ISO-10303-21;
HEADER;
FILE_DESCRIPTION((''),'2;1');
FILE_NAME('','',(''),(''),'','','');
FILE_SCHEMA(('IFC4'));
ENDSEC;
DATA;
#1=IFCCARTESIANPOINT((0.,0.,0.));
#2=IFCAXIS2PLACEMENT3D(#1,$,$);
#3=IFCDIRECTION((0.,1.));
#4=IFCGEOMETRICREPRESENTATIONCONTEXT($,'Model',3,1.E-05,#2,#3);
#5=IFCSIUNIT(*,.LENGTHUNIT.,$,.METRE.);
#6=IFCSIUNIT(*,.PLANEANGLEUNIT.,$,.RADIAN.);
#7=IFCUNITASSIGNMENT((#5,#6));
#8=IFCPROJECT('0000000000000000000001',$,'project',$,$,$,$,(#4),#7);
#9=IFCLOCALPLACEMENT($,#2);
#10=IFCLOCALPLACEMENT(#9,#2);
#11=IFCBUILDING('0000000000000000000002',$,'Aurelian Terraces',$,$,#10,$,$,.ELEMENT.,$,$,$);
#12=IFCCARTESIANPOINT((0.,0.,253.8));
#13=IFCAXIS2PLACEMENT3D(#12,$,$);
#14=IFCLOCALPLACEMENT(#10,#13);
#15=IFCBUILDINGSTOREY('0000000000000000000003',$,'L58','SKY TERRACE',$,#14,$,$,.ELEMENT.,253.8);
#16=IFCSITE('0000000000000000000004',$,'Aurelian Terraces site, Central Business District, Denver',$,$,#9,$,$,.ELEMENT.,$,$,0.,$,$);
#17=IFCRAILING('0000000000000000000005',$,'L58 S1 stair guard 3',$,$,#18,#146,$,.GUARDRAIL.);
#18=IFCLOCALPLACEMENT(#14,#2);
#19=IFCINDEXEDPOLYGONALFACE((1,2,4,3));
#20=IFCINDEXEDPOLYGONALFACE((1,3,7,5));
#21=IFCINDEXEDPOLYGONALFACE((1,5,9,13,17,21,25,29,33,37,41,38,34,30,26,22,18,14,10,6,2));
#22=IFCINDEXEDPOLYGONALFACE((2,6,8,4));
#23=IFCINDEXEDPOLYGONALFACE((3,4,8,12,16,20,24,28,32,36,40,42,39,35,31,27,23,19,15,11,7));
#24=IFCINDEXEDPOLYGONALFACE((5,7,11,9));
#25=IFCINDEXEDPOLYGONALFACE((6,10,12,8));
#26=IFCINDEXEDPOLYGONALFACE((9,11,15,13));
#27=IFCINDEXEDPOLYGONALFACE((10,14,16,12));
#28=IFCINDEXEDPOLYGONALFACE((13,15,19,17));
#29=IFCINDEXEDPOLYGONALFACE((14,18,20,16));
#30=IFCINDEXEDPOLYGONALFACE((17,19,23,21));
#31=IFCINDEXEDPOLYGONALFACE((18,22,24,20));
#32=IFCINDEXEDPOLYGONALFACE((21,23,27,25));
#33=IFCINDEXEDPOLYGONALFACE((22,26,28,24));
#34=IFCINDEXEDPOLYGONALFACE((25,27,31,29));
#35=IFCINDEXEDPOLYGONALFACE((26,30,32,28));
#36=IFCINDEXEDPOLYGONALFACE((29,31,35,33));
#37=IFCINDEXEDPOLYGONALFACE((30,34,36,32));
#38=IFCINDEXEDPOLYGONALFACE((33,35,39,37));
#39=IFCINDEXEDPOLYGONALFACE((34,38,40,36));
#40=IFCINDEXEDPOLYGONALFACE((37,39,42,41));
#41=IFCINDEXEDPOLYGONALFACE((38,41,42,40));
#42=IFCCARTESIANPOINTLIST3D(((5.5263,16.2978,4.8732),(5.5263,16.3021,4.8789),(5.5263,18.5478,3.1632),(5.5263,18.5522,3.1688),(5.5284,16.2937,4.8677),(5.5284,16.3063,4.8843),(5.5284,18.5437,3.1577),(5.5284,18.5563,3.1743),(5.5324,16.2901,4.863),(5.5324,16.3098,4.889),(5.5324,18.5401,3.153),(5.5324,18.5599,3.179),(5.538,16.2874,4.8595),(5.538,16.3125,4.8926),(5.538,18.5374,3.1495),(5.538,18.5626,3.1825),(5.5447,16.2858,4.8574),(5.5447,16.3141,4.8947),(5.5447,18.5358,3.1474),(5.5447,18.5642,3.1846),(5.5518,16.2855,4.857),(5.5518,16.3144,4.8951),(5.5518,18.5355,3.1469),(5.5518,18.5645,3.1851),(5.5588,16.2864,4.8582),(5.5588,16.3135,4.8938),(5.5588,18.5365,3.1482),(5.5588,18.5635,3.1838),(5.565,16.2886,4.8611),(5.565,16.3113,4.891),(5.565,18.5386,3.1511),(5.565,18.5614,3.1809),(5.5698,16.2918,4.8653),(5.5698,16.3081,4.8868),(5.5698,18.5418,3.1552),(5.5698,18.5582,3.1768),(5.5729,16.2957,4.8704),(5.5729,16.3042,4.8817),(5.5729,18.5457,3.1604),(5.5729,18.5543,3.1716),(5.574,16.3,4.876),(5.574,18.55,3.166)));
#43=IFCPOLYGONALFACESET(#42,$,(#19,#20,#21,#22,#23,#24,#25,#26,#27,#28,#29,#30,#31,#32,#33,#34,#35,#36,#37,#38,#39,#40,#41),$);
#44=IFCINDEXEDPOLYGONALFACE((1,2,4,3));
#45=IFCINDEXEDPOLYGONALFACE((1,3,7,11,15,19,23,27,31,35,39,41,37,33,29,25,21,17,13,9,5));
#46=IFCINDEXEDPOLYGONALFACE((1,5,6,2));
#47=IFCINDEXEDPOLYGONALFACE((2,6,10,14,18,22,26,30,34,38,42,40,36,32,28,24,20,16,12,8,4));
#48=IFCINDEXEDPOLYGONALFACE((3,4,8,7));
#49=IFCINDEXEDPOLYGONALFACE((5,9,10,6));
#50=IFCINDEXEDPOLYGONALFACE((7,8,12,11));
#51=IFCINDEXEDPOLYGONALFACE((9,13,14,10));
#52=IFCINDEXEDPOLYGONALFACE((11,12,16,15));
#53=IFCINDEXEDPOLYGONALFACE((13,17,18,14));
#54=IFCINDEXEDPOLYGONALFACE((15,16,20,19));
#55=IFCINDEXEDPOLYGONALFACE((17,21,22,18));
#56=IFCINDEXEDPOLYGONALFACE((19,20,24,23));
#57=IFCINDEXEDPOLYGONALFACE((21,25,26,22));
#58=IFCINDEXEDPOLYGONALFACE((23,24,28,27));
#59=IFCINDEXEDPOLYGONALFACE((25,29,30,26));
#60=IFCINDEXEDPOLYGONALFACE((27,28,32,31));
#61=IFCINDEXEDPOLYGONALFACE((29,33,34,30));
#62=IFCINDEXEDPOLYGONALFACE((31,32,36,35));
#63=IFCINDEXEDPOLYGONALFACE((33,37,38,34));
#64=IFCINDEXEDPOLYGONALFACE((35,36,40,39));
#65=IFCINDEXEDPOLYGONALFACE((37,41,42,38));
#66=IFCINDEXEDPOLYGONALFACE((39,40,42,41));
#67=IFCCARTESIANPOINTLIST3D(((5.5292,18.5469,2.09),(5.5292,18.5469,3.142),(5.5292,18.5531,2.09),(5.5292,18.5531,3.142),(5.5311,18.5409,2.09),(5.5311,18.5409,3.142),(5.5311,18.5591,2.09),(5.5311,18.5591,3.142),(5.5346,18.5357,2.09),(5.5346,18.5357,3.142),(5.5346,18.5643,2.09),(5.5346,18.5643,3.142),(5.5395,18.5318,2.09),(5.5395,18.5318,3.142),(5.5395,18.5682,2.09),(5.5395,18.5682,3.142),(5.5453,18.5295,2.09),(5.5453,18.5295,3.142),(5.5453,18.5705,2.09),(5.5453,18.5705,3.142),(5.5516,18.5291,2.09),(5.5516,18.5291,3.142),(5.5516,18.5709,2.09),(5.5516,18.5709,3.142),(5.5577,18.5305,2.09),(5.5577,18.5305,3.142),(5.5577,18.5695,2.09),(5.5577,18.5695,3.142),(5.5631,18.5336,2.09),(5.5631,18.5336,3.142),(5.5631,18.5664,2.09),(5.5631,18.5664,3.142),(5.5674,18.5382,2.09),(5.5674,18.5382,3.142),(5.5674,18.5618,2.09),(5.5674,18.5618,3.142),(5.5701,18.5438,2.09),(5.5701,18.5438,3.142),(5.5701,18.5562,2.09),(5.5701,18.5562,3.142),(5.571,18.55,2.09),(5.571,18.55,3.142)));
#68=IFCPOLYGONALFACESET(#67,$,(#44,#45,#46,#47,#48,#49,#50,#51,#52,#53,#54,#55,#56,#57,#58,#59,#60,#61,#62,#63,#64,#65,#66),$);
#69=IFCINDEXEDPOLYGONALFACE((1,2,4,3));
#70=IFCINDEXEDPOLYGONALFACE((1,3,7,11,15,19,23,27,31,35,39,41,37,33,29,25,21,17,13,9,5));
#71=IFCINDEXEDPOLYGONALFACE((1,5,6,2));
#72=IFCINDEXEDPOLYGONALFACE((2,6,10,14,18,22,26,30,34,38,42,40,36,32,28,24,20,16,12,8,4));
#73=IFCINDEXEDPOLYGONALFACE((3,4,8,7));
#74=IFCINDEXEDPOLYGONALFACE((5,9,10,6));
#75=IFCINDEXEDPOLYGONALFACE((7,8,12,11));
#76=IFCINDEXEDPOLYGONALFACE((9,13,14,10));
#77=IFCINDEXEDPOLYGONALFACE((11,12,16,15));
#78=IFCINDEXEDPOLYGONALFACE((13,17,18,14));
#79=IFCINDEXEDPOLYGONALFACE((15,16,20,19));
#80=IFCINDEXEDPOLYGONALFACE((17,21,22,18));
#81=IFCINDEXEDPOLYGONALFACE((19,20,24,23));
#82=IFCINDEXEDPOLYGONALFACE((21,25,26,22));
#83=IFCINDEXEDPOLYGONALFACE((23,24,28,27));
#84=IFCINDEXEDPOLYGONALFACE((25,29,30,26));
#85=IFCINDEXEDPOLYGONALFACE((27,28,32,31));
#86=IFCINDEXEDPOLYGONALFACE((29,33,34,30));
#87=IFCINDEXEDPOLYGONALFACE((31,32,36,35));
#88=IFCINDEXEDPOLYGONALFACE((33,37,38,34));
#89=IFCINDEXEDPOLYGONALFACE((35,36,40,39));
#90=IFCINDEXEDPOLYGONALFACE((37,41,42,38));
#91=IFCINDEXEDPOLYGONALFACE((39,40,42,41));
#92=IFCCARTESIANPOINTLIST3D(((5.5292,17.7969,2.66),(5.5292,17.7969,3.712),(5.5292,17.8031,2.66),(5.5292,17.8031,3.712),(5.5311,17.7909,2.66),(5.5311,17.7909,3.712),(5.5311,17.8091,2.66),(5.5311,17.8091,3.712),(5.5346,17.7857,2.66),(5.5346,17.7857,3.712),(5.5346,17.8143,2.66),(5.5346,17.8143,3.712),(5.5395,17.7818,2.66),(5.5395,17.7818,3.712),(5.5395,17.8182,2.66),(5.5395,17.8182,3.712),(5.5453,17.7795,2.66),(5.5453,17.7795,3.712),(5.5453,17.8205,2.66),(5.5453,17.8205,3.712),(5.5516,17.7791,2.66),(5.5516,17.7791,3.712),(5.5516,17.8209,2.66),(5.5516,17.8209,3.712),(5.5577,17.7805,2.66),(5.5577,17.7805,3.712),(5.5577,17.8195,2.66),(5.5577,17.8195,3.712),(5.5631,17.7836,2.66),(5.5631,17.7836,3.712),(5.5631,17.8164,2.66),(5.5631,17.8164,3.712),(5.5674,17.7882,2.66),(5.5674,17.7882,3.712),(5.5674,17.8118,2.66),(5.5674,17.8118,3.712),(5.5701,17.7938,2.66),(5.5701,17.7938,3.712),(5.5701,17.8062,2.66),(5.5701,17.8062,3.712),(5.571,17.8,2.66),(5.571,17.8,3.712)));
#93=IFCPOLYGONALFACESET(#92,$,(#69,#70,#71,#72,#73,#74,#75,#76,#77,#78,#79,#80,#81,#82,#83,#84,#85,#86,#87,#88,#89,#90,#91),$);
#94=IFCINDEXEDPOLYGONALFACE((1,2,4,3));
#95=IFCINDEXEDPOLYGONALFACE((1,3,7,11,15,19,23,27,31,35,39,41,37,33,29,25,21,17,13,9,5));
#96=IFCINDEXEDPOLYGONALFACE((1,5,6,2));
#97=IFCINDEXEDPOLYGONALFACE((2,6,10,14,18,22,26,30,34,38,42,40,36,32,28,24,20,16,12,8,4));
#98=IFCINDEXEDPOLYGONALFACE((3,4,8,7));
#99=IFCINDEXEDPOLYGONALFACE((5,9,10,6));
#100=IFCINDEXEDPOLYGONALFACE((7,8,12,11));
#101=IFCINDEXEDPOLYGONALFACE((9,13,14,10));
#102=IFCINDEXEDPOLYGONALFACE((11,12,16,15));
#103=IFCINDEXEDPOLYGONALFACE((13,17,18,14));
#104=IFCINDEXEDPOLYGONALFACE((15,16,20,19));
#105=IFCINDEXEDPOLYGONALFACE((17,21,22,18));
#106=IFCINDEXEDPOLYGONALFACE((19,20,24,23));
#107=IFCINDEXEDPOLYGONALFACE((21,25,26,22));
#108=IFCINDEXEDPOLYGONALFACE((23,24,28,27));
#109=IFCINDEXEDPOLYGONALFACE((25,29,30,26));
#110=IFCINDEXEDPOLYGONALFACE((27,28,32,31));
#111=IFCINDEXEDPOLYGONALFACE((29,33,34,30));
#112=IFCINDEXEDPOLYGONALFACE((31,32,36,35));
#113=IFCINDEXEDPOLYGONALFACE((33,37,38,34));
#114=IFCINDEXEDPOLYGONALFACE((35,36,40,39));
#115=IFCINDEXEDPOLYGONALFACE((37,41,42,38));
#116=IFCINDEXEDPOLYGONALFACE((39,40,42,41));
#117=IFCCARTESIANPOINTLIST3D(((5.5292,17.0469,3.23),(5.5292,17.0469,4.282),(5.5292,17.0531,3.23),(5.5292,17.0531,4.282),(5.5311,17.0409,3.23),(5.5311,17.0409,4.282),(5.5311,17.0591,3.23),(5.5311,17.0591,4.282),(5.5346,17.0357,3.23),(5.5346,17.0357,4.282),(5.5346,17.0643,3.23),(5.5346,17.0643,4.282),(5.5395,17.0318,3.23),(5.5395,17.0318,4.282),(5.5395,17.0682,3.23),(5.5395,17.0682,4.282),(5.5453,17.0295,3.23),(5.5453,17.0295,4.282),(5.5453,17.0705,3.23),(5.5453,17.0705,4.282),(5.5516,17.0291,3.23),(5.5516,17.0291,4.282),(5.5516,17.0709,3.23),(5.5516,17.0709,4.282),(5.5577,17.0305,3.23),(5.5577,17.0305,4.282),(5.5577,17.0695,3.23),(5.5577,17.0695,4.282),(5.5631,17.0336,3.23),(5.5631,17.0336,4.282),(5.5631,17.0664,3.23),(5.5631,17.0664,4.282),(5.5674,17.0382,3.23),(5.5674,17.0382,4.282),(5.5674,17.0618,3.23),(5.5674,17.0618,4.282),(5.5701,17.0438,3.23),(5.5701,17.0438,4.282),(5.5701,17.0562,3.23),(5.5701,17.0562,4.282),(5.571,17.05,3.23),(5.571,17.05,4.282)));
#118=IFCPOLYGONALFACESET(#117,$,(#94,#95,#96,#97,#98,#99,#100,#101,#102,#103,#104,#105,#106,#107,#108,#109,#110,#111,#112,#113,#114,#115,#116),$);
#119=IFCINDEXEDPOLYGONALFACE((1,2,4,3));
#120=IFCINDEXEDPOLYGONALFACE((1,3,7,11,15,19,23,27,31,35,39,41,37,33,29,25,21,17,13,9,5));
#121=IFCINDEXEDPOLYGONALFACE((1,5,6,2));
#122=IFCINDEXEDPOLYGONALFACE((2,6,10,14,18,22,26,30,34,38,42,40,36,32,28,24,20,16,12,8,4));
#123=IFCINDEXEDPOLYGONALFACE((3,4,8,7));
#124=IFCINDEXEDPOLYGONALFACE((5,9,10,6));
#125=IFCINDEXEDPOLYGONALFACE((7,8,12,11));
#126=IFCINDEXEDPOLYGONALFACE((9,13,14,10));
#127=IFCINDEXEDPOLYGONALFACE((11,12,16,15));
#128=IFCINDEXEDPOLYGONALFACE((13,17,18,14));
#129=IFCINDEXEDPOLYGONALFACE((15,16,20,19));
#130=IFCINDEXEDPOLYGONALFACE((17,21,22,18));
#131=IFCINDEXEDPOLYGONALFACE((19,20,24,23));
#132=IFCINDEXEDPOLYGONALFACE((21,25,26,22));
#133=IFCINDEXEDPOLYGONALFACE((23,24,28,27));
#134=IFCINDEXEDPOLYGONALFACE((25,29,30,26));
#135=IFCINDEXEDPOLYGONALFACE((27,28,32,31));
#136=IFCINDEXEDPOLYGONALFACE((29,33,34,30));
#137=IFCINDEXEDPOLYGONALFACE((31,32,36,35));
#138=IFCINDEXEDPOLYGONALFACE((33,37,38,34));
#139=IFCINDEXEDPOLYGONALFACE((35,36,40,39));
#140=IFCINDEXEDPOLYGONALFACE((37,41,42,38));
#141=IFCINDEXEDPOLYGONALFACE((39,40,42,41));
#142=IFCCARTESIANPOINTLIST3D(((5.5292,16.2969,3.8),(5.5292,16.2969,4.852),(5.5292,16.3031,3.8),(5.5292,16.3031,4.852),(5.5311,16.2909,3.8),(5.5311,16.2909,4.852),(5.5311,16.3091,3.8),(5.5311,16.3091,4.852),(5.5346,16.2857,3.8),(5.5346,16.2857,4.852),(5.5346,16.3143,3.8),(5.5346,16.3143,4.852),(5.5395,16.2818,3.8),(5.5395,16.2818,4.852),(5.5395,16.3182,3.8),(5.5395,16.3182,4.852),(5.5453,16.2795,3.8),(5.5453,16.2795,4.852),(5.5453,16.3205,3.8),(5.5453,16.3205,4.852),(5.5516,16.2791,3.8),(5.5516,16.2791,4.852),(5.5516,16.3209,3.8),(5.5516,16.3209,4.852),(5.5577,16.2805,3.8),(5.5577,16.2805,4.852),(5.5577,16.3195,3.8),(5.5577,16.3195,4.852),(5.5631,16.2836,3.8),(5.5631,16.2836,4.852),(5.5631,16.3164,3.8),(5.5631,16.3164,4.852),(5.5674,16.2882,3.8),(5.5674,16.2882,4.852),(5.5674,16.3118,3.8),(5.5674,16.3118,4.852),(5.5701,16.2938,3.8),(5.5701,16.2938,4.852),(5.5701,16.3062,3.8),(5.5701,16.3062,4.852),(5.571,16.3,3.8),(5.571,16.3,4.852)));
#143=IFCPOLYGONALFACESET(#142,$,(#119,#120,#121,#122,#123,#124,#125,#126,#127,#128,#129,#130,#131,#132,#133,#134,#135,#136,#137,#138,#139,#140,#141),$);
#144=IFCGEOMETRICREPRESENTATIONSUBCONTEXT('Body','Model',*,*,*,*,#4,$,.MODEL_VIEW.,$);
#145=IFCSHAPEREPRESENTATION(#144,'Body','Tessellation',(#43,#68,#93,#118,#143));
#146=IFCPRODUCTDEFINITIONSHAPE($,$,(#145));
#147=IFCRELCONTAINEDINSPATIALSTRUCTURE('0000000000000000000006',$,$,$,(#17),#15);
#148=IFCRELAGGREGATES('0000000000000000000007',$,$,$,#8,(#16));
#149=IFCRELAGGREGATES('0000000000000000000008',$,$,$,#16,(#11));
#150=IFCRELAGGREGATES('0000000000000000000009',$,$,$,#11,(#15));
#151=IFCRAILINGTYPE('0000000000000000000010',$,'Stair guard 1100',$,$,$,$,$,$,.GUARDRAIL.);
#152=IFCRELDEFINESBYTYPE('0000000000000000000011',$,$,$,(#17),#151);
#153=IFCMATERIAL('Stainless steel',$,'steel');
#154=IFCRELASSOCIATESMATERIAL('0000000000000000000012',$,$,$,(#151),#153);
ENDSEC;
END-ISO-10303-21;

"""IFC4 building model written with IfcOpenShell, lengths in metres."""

from ifc_helpers import new_model, si_unit, direction, frame, origin, origin_2d, place, context, subcontext, project, spatial, circle, extrude, source, transform, mapped, material, type_object, element, save


model = new_model("IFC4")

# Units and contexts
model_context = context("Model", 3, precision=1e-05, world=origin(), true_north=direction((0.0, 1.0)))
body_context = subcontext(model_context, "Body", "Model", "MODEL_VIEW")
ifc_project = project(units=[si_unit("LENGTHUNIT", "METRE"), si_unit("PLANEANGLEUNIT", "RADIAN")], contexts=[model_context])

# Site, building, storey
site_placement = place(None, origin())
site = spatial("IfcSite", under=ifc_project, at=site_placement, Name="Aurelian Terraces site, Central Business District, Denver", CompositionType="ELEMENT", RefElevation=0.0)
building_placement = place(site_placement, origin())
building = spatial("IfcBuilding", under=site, at=building_placement, Name="Aurelian Terraces", CompositionType="ELEMENT")
storey_placement = place(building_placement, frame((0.0, 0.0, 253.8)))
storey = spatial("IfcBuildingStorey", under=building, at=storey_placement, Name="L58", Description="SKY TERRACE", CompositionType="ELEMENT", Elevation=253.8)

# Railing
ifc_material_1 = material(Name="Stainless steel", Category="steel")
railing_type = type_object("IfcRailingType", Name="Stair guard 1100", PredefinedType="GUARDRAIL", material=ifc_material_1)
shared_shape_1 = source(origin(), body_context, "Body", "SweptSolid", [
    extrude(circle(Radius=0.024, at=origin_2d()), frame((0.0, 0.0, 1.076), z_axis=(0.0, -0.796162, 0.605083), x_axis=(1.0, 0.0, 0.0)), (0.0, 0.0, 1.0), 2.8261),
    extrude(circle(Radius=0.021, at=origin_2d()), origin(), (0.0, 0.0, 1.0), 1.052),
    extrude(circle(Radius=0.021, at=origin_2d()), frame((0.0, -0.75, 0.57)), (0.0, 0.0, 1.0), 1.052),
    extrude(circle(Radius=0.021, at=origin_2d()), frame((0.0, -1.5, 1.14)), (0.0, 0.0, 1.0), 1.052),
    extrude(circle(Radius=0.021, at=origin_2d()), frame((0.0, -2.25, 1.71)), (0.0, 0.0, 1.0), 1.052),
])
railing_1_placement = place(storey_placement, frame((5.55, 18.55, 2.09)))
element("IfcRailing", 1, at=railing_1_placement, inside=storey, type_object=railing_type, Name="L58 S1 stair guard 3", PredefinedType="GUARDRAIL", context=body_context, shape_type="MappedRepresentation", body=[
    mapped(shared_shape_1, transform((0.0, 0.0, 0.0), scale=1.0)),
])

save(model, "model.ifc")
